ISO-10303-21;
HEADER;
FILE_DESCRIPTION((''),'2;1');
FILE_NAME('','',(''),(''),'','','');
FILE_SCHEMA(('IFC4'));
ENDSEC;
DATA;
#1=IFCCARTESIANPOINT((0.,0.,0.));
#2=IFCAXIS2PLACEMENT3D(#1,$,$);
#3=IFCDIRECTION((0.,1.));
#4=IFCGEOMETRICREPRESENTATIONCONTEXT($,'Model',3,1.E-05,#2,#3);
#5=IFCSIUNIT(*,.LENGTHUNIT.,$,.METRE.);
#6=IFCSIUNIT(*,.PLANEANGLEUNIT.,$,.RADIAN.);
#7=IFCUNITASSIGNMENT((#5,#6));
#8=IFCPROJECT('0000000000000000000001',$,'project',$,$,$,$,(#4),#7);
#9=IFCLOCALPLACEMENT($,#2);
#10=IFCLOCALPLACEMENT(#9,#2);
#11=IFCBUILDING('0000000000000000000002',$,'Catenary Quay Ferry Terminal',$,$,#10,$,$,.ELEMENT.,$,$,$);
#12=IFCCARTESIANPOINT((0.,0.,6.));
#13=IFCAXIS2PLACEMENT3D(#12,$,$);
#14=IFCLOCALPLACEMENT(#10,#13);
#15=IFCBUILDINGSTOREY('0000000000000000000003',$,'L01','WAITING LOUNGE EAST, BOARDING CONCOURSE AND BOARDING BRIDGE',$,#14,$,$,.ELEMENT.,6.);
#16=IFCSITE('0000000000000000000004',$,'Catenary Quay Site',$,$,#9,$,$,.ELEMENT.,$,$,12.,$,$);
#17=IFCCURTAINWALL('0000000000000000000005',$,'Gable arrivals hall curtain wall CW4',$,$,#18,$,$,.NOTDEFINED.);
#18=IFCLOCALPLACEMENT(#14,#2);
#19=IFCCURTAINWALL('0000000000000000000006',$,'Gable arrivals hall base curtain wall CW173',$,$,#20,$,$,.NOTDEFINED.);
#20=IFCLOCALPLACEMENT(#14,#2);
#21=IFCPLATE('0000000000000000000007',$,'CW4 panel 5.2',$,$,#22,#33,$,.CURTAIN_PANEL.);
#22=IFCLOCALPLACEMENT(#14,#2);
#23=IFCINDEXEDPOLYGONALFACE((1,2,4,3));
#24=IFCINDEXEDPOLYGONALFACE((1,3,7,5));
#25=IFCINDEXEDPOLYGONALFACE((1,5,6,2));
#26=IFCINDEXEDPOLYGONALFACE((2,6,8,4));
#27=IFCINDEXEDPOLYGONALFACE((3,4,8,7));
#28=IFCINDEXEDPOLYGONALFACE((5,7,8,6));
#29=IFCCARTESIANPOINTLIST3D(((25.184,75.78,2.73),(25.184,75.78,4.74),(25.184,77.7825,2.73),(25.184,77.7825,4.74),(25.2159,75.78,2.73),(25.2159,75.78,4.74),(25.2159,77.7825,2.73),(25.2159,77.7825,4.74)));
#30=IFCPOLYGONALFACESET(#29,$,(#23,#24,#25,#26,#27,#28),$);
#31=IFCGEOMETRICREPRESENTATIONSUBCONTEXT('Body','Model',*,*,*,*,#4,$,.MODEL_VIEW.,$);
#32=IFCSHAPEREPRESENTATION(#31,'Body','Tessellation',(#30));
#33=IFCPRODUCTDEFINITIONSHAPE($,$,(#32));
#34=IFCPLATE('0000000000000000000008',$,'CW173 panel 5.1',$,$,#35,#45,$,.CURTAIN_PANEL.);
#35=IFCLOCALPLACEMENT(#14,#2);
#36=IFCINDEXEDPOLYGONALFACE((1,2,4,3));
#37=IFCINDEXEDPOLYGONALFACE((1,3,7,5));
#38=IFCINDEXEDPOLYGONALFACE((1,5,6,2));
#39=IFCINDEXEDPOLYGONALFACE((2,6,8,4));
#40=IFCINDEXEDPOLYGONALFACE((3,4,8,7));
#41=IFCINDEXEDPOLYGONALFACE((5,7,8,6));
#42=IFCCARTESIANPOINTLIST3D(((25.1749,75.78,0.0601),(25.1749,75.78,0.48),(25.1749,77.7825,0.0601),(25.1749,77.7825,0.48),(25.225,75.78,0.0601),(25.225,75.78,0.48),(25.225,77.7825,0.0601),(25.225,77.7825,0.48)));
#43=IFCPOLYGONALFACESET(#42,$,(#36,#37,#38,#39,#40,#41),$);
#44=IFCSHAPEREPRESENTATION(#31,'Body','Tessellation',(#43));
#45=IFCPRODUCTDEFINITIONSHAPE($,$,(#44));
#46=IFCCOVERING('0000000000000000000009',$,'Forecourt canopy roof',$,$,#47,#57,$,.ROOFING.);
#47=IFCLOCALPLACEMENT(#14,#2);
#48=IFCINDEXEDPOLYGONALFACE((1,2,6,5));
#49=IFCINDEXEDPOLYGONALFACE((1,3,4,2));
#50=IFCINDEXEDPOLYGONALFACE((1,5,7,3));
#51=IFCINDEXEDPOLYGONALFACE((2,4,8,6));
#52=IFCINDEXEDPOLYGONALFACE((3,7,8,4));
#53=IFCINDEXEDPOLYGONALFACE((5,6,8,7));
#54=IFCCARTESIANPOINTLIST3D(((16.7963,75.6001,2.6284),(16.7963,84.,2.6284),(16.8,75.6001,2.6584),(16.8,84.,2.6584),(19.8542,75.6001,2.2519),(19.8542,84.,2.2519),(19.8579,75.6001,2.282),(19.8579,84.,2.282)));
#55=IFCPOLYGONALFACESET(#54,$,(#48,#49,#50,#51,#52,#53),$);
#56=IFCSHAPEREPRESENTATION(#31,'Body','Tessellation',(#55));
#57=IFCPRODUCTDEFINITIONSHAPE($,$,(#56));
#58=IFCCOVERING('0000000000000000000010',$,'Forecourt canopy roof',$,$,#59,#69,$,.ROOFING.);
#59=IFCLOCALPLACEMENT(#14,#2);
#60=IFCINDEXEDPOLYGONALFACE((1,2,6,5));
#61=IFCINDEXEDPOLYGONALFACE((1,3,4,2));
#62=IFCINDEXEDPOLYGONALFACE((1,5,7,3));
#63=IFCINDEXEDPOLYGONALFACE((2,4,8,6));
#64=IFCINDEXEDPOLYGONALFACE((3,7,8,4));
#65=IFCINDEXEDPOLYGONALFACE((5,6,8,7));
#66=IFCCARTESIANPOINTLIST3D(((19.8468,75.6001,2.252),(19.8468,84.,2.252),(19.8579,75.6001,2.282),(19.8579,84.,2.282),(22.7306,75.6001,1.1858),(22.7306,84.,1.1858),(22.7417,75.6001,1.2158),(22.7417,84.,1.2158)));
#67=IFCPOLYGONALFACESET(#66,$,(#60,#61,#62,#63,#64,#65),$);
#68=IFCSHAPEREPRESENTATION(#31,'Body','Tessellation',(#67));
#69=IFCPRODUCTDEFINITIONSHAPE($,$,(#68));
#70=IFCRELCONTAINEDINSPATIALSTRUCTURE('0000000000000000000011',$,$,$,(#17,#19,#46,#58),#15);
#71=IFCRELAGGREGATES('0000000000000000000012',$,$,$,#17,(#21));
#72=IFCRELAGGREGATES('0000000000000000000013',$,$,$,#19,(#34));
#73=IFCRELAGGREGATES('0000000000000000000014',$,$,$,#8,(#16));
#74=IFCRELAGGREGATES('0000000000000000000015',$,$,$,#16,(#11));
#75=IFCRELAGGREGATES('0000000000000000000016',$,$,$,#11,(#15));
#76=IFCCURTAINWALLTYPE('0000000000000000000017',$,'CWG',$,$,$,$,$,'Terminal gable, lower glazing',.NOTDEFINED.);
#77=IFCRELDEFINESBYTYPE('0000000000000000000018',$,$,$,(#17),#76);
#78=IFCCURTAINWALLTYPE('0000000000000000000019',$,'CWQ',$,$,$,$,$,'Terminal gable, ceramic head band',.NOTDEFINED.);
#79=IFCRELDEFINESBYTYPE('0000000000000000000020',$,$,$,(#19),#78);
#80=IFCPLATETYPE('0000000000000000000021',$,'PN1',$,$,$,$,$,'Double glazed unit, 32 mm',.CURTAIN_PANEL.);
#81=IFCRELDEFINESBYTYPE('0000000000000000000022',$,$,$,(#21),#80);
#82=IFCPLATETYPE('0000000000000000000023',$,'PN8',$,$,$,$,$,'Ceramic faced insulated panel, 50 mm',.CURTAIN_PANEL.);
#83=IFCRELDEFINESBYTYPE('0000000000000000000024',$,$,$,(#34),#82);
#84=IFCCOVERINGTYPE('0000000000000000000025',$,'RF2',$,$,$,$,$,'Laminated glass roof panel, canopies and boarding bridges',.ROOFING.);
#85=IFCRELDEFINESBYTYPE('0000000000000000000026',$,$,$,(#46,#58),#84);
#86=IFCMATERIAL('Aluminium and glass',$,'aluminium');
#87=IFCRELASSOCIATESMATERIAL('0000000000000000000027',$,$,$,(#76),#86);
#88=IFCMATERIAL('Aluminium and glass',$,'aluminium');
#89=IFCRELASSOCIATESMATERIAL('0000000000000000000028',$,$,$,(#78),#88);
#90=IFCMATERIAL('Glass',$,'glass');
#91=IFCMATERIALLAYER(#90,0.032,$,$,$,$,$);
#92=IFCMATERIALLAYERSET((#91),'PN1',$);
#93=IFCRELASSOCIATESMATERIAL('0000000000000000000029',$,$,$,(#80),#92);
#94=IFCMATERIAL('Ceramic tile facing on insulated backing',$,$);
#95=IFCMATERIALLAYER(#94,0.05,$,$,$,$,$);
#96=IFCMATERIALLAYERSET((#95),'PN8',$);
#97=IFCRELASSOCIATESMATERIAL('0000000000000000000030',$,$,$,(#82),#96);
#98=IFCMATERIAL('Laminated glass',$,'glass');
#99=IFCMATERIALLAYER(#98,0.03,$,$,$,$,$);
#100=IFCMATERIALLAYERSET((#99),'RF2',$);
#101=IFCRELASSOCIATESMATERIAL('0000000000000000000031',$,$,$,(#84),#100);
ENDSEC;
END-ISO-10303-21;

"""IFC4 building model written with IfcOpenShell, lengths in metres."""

from ifc_helpers import new_model, si_unit, direction, frame, origin, origin_2d, place, context, subcontext, project, spatial, polyline, rectangle, outline, extrude, material, layer, layer_set, type_object, element, aggregate, save


model = new_model("IFC4")

# Units and contexts
model_context = context("Model", 3, precision=1e-05, world=origin(), true_north=direction((0.0, 1.0)))
body_context = subcontext(model_context, "Body", "Model", "MODEL_VIEW")
ifc_project = project(units=[si_unit("LENGTHUNIT", "METRE"), si_unit("PLANEANGLEUNIT", "RADIAN")], contexts=[model_context])

# Site, building, storey
site_placement = place(None, origin())
site = spatial("IfcSite", under=ifc_project, at=site_placement, Name="Catenary Quay Site", CompositionType="ELEMENT", RefElevation=12.0)
building_placement = place(site_placement, origin())
building = spatial("IfcBuilding", under=site, at=building_placement, Name="Catenary Quay Ferry Terminal", CompositionType="ELEMENT")
storey_placement = place(building_placement, frame((0.0, 0.0, 6.0)))
storey = spatial("IfcBuildingStorey", under=building, at=storey_placement, Name="L01", Description="WAITING LOUNGE EAST, BOARDING CONCOURSE AND BOARDING BRIDGE", CompositionType="ELEMENT", Elevation=6.0)

# Curtain walls
ifc_material_1 = material(Name="Aluminium and glass", Category="aluminium")
curtain_wall_type_1 = type_object("IfcCurtainWallType", Name="CWG", ElementType="Terminal gable, lower glazing", PredefinedType="NOTDEFINED", material=ifc_material_1)
curtain_wall_1_placement = place(storey_placement, origin())
curtain_wall_1 = element("IfcCurtainWall", 1, at=curtain_wall_1_placement, inside=storey, type_object=curtain_wall_type_1, Name="Gable arrivals hall curtain wall CW4", PredefinedType="NOTDEFINED")
ifc_material_2 = material(Name="Aluminium and glass", Category="aluminium")
curtain_wall_type_2 = type_object("IfcCurtainWallType", Name="CWQ", ElementType="Terminal gable, ceramic head band", PredefinedType="NOTDEFINED", material=ifc_material_2)
curtain_wall_2_placement = place(storey_placement, origin())
curtain_wall_2 = element("IfcCurtainWall", 2, at=curtain_wall_2_placement, inside=storey, type_object=curtain_wall_type_2, Name="Gable arrivals hall base curtain wall CW173", PredefinedType="NOTDEFINED")

# Plates
ifc_material_3 = material(Name="Glass", Category="glass")
ifc_layer_1 = layer(ifc_material_3, 0.032)
ifc_layer_set_1 = layer_set([ifc_layer_1], Name="PN1")
plate_type_1 = type_object("IfcPlateType", Name="PN1", ElementType="Double glazed unit, 32 mm", PredefinedType="CURTAIN_PANEL", material=ifc_layer_set_1)
plate_1_placement = place(storey_placement, frame((25.2, 76.7812, 2.73), z_axis=(0.0, 0.0, 1.0), x_axis=(0.0, 1.0, 0.0)))
plate_1 = element("IfcPlate", 3, at=plate_1_placement, type_object=plate_type_1, Name="CW4 panel 5.2", PredefinedType="CURTAIN_PANEL", context=body_context, shape_type="SweptSolid", body=[
    extrude(rectangle(XDim=2.0024, YDim=0.032, at=origin_2d()), origin(), (0.0, 0.0, 1.0), 2.01),
])
aggregate(curtain_wall_1, [plate_1])
ifc_material_4 = material(Name="Ceramic tile facing on insulated backing")
ifc_layer_2 = layer(ifc_material_4, 0.05)
ifc_layer_set_2 = layer_set([ifc_layer_2], Name="PN8")
plate_type_2 = type_object("IfcPlateType", Name="PN8", ElementType="Ceramic faced insulated panel, 50 mm", PredefinedType="CURTAIN_PANEL", material=ifc_layer_set_2)
plate_2_placement = place(storey_placement, frame((25.2, 76.7812, 0.0601), z_axis=(0.0, 0.0, 1.0), x_axis=(0.0, 1.0, 0.0)))
plate_2 = element("IfcPlate", 4, at=plate_2_placement, type_object=plate_type_2, Name="CW173 panel 5.1", PredefinedType="CURTAIN_PANEL", context=body_context, shape_type="SweptSolid", body=[
    extrude(rectangle(XDim=2.0024, YDim=0.05, at=origin_2d()), origin(), (0.0, 0.0, 1.0), 0.4199),
])
aggregate(curtain_wall_2, [plate_2])

# Coverings
ifc_material_5 = material(Name="Laminated glass", Category="glass")
ifc_layer_3 = layer(ifc_material_5, 0.03)
ifc_layer_set_3 = layer_set([ifc_layer_3], Name="RF2")
covering_type = type_object("IfcCoveringType", Name="RF2", ElementType="Laminated glass roof panel, canopies and boarding bridges", PredefinedType="ROOFING", material=ifc_layer_set_3)
covering_1_placement = place(storey_placement, frame((16.8, 75.6001, 2.6584), z_axis=(0.122191, 0.0, 0.992507), x_axis=(0.0, 1.0, 0.0)))
element("IfcCovering", 5, at=covering_1_placement, inside=storey, type_object=covering_type, Name="Forecourt canopy roof", PredefinedType="ROOFING", context=body_context, shape_type="SweptSolid", body=[
    extrude(outline(polyline([(0.0, 0.0), (8.3999, 0.0), (8.3999, -3.0809), (0.0, -3.0809), (0.0, 0.0)])), origin(), (0.0, 0.0, -1.0), 0.0303),
])
covering_2_placement = place(storey_placement, frame((19.8579, 75.6001, 2.282), z_axis=(0.346769, 0.0, 0.937951), x_axis=(0.0, 1.0, 0.0)))
element("IfcCovering", 6, at=covering_2_placement, inside=storey, type_object=covering_type, Name="Forecourt canopy roof", PredefinedType="ROOFING", context=body_context, shape_type="SweptSolid", body=[
    extrude(outline(polyline([(0.0, 0.0), (8.3999, 0.0), (8.3999, -3.0746), (0.0, -3.0746), (0.0, 0.0)])), origin(), (0.0, 0.0, -1.0), 0.032),
])

save(model, "model.ifc")
